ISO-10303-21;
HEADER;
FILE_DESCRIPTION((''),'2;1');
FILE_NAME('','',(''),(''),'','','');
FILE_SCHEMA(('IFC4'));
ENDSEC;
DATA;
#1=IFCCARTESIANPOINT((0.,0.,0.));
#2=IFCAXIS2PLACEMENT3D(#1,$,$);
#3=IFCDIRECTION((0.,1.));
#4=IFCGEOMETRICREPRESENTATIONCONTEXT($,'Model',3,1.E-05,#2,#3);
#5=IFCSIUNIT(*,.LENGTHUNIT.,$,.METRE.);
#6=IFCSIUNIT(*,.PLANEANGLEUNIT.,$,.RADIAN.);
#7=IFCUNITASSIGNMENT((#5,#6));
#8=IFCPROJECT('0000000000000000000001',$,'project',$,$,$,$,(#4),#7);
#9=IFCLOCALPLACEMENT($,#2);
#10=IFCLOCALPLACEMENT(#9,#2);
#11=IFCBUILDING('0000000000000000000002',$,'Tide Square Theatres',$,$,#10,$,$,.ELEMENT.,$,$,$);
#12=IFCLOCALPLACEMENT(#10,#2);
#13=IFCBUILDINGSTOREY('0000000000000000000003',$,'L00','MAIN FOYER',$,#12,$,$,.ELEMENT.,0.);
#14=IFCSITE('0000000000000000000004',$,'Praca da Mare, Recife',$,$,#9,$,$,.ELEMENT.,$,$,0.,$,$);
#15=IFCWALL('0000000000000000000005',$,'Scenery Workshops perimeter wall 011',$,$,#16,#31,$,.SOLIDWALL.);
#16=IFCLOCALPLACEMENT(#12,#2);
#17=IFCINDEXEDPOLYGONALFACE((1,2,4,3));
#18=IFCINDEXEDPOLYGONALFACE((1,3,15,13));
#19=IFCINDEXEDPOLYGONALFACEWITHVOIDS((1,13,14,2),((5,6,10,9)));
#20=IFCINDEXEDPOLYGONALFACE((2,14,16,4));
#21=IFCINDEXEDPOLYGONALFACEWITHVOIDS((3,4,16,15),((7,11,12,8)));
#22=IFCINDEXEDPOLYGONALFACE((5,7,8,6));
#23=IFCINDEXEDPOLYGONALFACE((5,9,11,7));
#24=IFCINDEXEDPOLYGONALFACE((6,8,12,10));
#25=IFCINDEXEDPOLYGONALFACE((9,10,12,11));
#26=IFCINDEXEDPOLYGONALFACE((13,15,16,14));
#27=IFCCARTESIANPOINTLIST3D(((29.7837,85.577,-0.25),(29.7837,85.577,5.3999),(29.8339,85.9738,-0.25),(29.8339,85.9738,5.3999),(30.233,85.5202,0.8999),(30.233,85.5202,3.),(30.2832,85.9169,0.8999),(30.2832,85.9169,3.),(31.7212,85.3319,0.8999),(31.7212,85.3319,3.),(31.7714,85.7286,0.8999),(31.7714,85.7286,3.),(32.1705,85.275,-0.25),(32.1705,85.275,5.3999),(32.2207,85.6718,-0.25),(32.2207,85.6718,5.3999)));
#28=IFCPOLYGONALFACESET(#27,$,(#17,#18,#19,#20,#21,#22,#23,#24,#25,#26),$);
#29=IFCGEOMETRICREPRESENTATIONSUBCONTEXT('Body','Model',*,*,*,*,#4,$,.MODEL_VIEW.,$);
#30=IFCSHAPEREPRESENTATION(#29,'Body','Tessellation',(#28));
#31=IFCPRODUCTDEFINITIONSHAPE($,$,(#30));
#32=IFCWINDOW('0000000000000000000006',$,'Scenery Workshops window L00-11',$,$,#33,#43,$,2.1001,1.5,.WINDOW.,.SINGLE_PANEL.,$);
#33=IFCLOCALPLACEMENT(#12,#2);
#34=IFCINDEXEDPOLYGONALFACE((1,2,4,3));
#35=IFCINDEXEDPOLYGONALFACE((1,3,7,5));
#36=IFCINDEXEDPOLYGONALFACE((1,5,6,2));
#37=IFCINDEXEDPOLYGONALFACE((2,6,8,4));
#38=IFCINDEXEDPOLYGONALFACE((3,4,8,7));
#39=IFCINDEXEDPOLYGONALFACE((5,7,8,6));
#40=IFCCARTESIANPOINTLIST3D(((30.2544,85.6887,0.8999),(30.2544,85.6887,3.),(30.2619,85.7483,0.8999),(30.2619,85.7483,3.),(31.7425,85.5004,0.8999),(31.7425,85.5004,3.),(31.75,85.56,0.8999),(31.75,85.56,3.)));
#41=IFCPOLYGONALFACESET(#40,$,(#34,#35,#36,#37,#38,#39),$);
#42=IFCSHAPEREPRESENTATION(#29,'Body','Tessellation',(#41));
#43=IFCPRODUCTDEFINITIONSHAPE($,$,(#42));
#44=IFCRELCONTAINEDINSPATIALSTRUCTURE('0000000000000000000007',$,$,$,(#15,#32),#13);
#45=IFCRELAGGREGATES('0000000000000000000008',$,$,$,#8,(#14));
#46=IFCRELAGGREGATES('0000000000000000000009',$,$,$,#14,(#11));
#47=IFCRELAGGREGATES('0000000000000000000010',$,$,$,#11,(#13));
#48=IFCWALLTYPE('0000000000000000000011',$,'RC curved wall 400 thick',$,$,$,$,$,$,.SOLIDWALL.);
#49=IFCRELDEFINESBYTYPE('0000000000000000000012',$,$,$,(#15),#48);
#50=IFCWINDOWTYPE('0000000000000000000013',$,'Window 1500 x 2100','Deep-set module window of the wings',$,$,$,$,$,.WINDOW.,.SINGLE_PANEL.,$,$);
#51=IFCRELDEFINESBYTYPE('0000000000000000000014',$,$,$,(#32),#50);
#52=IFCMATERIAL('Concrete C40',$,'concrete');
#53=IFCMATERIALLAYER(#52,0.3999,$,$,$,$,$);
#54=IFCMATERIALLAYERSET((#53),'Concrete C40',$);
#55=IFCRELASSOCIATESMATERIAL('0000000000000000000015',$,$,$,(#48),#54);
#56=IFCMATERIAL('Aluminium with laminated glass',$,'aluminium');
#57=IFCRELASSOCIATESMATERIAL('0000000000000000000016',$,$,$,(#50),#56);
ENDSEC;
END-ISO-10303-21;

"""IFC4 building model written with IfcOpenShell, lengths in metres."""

from ifc_helpers import new_model, si_unit, direction, frame, frame_2d, origin, place, context, subcontext, project, spatial, rectangle, extrude, material, layer, layer_set, type_object, element, fill, save


model = new_model("IFC4")

# Units and contexts
model_context = context("Model", 3, precision=1e-05, world=origin(), true_north=direction((0.0, 1.0)))
body_context = subcontext(model_context, "Body", "Model", "MODEL_VIEW")
ifc_project = project(units=[si_unit("LENGTHUNIT", "METRE"), si_unit("PLANEANGLEUNIT", "RADIAN")], contexts=[model_context])

# Site, building, storey
site_placement = place(None, origin())
site = spatial("IfcSite", under=ifc_project, at=site_placement, Name="Praca da Mare, Recife", CompositionType="ELEMENT", RefElevation=0.0)
building_placement = place(site_placement, origin())
building = spatial("IfcBuilding", under=site, at=building_placement, Name="Tide Square Theatres", CompositionType="ELEMENT")
storey_placement = place(building_placement, origin())
storey = spatial("IfcBuildingStorey", under=building, at=storey_placement, Name="L00", Description="MAIN FOYER", CompositionType="ELEMENT", Elevation=0.0)

# Wall, opening, window
ifc_material_1 = material(Name="Concrete C40", Category="concrete")
ifc_layer = layer(ifc_material_1, 0.3999)
ifc_layer_set = layer_set([ifc_layer], Name="Concrete C40")
wall_type = type_object("IfcWallType", Name="RC curved wall 400 thick", PredefinedType="SOLIDWALL", material=ifc_layer_set)
ifc_material_2 = material(Name="Aluminium with laminated glass", Category="aluminium")
window_type_1 = type_object("IfcWindowType", Name="Window 1500 x 2100", Description="Deep-set module window of the wings", PartitioningType="SINGLE_PANEL", PredefinedType="WINDOW", material=ifc_material_2)
wall_1_placement = place(storey_placement, frame((29.8088, 85.7754, -0.25), z_axis=(0.0, 0.0, 1.0), x_axis=(0.992089, -0.125533, 0.0)))
wall_1 = element("IfcWall", 1, at=wall_1_placement, inside=storey, type_object=wall_type, Name="Scenery Workshops perimeter wall 011", PredefinedType="SOLIDWALL", context=body_context, shape_type="SweptSolid", body=[
    extrude(rectangle(XDim=2.4058, YDim=0.3999, at=frame_2d((1.2029, 0.0))), origin(), (0.0, 0.0, 1.0), 5.6499),
])
opening_1_placement = place(wall_1_placement, frame((0.4529, 0.0, 1.1499)))
opening_1 = element("IfcOpeningElement", 2, at=opening_1_placement, cuts=wall_1, PredefinedType="OPENING", context=body_context, shape_type="SweptSolid", body=[
    extrude(rectangle(XDim=1.5, YDim=2.1001, at=frame_2d((0.75, 1.05))), frame((0.0, 0.21, 0.0), z_axis=(0.0, -1.0, 0.0), x_axis=(1.0, 0.0, 0.0)), (0.0, 0.0, 1.0), 0.4199),
])
window_1_placement = place(opening_1_placement, origin())
window_1 = element("IfcWindow", 3, at=window_1_placement, inside=storey, type_object=window_type_1, Name="Scenery Workshops window L00-11", OverallHeight=2.1001, OverallWidth=1.5, PartitioningType="SINGLE_PANEL", PredefinedType="WINDOW", context=body_context, shape_type="SweptSolid", body=[
    extrude(rectangle(XDim=1.5, YDim=2.1001, at=frame_2d((0.75, 1.05))), frame((0.0, 0.03, 0.0), z_axis=(0.0, -1.0, 0.0), x_axis=(1.0, 0.0, 0.0)), (0.0, 0.0, 1.0), 0.0601),
])
fill(opening_1, window_1)

save(model, "model.ifc")
